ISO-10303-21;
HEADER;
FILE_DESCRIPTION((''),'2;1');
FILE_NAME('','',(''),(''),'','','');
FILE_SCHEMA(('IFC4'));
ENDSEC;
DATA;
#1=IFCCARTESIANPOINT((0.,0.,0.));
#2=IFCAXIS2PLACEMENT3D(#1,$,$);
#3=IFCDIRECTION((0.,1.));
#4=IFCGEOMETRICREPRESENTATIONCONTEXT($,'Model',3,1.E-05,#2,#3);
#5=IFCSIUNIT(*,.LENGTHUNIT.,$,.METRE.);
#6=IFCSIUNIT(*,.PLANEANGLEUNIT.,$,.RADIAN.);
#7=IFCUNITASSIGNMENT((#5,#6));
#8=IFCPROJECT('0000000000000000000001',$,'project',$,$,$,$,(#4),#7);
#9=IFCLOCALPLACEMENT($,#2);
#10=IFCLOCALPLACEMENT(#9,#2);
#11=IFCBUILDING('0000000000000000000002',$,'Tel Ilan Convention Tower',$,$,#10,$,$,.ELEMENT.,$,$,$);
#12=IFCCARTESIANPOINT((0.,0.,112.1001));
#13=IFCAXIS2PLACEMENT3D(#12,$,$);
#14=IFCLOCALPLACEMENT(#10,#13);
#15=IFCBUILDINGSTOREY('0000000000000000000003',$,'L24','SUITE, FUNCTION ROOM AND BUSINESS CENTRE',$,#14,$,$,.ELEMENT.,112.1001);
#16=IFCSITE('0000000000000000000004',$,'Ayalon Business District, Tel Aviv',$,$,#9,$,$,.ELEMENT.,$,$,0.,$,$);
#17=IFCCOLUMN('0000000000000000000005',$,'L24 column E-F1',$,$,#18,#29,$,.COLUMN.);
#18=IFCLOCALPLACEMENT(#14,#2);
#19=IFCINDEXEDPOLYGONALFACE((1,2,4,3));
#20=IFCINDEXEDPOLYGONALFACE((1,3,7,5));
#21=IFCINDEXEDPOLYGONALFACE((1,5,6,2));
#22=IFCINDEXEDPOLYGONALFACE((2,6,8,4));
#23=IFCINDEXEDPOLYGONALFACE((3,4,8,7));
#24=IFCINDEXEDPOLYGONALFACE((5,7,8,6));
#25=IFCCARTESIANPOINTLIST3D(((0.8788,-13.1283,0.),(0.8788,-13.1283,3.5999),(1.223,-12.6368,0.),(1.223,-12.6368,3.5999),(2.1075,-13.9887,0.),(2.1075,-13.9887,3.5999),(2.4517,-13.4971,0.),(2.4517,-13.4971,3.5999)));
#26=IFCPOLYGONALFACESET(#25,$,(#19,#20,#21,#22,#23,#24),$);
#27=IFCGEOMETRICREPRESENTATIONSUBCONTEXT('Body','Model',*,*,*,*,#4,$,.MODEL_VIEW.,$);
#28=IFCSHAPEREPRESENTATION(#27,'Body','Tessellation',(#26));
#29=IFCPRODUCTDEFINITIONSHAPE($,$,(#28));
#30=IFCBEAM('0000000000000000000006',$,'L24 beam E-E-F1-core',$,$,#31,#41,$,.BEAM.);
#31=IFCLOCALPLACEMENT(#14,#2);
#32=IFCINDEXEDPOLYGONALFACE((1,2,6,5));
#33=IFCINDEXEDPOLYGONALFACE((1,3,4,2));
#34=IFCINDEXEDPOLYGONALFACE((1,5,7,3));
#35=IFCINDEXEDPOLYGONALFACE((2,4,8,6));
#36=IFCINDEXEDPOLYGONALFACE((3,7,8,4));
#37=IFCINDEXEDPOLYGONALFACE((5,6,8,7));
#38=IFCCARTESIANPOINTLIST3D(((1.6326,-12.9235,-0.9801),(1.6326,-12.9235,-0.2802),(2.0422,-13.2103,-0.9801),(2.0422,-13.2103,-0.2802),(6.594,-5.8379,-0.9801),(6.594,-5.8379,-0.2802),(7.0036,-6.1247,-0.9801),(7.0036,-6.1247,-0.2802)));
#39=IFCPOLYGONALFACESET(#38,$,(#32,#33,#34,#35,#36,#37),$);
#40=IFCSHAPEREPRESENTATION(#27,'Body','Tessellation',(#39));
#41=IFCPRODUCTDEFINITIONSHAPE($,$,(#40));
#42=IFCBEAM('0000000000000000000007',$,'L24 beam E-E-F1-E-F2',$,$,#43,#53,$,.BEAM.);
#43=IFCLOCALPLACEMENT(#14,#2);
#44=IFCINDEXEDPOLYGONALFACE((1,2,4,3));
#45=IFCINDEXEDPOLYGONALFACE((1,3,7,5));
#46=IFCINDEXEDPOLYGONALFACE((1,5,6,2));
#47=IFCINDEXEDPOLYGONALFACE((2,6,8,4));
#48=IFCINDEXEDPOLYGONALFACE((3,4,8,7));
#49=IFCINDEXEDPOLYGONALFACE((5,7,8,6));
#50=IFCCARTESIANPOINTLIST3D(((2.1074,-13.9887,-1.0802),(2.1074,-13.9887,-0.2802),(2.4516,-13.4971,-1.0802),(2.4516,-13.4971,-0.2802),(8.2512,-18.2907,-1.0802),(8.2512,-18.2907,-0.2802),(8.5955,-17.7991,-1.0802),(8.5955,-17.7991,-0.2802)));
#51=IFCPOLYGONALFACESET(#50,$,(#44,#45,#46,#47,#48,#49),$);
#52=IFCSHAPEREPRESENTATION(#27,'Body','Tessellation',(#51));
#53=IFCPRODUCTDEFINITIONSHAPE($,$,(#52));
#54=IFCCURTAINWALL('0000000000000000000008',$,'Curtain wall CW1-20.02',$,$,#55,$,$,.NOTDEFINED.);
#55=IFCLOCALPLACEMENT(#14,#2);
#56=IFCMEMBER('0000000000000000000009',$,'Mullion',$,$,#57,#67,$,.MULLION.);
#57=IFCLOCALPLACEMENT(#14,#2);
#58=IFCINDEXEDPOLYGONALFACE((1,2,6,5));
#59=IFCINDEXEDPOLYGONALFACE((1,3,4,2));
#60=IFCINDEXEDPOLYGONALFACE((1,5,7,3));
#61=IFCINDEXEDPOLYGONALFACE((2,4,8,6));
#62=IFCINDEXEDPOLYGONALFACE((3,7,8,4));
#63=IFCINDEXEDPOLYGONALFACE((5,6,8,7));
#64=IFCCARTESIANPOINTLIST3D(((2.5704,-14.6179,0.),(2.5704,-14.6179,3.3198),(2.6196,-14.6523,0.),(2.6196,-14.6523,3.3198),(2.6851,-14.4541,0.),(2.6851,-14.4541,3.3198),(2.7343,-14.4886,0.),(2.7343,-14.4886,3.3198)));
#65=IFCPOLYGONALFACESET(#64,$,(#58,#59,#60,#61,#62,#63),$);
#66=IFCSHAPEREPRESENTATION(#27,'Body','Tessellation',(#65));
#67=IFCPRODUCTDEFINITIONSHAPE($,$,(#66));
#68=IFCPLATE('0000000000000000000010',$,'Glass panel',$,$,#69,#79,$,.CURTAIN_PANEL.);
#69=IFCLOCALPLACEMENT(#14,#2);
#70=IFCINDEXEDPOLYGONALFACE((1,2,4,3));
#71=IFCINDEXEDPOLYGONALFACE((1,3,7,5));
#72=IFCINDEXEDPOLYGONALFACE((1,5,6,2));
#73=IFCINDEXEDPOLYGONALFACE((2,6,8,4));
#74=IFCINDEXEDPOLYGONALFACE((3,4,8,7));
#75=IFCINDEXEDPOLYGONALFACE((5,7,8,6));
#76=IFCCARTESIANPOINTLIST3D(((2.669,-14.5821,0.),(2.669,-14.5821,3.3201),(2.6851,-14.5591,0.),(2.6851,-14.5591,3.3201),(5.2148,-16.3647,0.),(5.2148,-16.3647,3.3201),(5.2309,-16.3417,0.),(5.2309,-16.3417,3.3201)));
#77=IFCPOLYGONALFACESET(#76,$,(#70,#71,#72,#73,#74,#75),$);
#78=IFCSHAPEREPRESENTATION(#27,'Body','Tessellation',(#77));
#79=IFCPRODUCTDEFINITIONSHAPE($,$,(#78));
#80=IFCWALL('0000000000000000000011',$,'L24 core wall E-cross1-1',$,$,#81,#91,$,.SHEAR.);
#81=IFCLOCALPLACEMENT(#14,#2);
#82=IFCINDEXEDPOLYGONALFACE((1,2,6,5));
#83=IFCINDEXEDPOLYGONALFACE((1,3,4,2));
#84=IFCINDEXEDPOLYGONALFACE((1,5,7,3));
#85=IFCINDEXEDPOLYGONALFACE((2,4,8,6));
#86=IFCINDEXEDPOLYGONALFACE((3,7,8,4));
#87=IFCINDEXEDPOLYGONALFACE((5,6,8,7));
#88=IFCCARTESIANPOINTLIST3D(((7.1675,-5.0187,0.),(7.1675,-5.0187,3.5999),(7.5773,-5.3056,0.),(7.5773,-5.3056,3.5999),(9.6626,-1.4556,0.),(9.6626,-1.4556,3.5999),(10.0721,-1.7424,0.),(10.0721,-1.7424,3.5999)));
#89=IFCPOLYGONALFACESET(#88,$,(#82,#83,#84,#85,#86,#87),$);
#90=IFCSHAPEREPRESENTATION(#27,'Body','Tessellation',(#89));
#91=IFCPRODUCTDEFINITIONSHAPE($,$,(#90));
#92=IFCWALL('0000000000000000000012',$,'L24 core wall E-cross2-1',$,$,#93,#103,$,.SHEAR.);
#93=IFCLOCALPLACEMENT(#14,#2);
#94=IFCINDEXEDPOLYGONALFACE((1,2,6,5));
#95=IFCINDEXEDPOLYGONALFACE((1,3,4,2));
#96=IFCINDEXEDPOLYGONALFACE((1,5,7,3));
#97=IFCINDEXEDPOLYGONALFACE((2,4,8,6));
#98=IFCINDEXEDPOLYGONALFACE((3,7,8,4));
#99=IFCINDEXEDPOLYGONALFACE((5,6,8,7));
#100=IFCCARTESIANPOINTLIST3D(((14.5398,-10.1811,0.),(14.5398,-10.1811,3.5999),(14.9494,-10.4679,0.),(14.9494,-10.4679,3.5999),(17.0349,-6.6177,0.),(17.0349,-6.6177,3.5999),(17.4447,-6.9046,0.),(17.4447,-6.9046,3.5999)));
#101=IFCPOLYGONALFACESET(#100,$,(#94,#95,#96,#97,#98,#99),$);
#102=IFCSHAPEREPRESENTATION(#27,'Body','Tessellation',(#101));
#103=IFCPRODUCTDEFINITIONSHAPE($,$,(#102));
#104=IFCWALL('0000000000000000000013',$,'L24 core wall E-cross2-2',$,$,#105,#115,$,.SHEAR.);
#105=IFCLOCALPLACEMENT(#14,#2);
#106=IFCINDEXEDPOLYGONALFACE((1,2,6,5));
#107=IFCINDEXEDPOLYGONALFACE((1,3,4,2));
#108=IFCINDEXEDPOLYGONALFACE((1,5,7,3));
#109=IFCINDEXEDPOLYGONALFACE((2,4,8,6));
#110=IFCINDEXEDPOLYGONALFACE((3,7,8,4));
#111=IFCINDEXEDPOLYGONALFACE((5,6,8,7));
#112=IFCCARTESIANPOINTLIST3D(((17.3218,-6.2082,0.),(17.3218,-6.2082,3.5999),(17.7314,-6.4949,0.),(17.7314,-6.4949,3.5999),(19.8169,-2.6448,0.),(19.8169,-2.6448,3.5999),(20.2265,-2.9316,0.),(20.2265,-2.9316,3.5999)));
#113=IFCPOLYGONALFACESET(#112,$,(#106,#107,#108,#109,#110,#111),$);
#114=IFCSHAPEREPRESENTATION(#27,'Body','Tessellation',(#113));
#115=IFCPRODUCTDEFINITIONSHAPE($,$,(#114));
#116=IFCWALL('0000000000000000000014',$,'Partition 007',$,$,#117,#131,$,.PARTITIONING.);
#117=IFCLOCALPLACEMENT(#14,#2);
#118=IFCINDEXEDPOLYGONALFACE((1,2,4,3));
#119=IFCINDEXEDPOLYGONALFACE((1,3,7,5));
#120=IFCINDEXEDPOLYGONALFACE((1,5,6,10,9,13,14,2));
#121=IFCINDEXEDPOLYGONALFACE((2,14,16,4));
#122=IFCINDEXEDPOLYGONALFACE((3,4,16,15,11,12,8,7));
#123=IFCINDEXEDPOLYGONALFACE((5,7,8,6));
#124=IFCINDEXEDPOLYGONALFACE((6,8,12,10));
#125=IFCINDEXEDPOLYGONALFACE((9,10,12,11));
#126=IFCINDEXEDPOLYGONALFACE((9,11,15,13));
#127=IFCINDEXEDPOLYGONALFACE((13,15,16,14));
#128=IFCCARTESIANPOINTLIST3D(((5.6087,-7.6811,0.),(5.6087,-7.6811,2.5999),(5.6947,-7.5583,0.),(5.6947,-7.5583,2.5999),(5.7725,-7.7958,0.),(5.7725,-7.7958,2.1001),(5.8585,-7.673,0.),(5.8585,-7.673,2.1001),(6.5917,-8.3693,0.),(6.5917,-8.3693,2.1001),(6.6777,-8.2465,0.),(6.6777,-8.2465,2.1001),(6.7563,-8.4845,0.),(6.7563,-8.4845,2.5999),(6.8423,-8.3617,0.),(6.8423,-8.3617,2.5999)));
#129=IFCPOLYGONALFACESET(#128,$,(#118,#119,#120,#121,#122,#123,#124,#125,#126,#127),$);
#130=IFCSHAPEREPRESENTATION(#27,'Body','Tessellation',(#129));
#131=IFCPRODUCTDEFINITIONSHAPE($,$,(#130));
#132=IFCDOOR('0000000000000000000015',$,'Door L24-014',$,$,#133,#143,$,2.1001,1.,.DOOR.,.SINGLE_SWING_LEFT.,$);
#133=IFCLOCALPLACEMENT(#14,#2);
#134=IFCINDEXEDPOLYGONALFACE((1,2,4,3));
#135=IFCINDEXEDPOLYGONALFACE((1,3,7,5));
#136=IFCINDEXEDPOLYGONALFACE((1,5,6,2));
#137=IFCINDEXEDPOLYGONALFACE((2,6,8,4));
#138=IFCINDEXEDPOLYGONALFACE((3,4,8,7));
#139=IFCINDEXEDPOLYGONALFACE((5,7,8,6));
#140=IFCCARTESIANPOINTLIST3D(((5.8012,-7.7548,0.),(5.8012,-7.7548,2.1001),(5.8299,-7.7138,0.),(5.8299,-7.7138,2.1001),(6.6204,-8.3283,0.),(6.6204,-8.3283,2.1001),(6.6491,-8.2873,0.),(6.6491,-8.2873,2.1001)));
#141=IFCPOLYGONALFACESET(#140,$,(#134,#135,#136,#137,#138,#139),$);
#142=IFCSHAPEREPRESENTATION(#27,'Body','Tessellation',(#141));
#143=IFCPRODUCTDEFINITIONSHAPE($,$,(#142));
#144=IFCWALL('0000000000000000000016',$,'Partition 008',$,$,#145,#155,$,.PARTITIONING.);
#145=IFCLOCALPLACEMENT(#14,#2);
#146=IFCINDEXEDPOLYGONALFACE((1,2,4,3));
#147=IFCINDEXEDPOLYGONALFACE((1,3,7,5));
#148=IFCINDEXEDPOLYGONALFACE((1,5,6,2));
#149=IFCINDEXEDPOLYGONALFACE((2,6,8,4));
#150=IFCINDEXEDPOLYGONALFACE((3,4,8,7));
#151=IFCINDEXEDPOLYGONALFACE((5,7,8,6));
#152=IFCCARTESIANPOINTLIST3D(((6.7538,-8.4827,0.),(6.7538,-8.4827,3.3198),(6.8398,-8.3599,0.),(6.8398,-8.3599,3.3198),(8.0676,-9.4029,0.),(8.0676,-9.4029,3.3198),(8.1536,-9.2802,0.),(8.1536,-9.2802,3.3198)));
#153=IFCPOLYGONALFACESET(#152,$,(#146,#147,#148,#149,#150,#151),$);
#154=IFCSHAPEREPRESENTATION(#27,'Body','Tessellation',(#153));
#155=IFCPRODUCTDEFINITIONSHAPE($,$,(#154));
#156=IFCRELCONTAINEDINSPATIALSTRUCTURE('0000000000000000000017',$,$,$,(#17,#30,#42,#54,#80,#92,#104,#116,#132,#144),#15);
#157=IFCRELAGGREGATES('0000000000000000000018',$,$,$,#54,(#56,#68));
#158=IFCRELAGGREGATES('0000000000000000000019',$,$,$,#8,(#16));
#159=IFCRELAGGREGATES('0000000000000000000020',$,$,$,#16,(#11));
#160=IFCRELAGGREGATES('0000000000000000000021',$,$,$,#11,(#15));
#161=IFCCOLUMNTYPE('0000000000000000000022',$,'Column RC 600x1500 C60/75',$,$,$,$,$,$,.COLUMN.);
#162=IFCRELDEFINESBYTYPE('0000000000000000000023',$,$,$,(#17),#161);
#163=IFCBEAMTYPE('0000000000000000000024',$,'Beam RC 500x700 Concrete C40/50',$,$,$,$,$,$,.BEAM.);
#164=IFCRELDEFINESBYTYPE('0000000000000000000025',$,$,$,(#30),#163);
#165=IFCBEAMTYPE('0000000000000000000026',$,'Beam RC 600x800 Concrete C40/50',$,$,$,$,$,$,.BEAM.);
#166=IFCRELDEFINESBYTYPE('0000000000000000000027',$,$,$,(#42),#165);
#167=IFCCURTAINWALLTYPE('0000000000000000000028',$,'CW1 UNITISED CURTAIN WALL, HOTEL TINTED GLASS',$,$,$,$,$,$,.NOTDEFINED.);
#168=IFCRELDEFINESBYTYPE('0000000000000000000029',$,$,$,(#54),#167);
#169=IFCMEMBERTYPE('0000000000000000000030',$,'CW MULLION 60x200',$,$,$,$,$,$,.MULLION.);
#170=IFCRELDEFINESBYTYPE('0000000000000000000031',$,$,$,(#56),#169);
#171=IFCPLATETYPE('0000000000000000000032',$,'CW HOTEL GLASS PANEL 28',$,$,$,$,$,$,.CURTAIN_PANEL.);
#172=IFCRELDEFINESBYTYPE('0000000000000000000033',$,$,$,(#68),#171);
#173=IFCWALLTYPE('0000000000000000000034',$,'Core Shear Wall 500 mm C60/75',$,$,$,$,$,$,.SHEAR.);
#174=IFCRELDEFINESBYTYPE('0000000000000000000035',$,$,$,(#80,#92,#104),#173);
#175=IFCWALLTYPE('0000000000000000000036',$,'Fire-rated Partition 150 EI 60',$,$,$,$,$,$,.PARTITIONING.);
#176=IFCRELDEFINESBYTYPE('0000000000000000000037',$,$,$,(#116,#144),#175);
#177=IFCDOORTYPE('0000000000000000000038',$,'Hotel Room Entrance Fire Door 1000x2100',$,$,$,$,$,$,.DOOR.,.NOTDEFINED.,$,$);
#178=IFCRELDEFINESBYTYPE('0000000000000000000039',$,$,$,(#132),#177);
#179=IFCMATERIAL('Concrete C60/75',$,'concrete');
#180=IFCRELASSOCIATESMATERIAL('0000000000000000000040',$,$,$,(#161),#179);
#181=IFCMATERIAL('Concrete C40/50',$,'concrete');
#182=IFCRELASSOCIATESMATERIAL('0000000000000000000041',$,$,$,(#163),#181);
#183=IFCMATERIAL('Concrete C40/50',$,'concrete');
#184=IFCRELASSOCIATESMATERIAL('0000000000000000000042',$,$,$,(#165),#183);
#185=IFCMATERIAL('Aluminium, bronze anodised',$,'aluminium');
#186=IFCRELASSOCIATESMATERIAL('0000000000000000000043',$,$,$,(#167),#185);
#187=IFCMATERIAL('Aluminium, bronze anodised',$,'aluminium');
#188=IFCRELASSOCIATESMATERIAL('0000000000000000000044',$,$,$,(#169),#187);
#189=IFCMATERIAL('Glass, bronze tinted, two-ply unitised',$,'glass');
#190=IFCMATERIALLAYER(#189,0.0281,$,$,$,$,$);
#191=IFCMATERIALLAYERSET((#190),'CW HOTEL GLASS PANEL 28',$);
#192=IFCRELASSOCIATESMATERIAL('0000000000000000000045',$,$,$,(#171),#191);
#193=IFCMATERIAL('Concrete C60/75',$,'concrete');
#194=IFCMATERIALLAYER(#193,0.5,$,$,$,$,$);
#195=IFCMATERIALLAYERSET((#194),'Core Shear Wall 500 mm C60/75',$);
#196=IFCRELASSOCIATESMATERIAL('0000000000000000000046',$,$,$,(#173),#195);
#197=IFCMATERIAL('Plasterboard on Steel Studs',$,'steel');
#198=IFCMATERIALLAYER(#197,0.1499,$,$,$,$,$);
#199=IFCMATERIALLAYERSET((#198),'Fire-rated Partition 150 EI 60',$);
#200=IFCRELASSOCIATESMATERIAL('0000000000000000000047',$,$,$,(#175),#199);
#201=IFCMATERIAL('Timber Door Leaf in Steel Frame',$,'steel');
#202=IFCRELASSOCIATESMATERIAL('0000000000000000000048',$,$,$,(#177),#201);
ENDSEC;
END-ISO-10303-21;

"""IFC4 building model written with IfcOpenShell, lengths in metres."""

from ifc_helpers import new_model, si_unit, direction, frame, frame_2d, origin, origin_2d, place, context, subcontext, project, spatial, polyline, rectangle, outline, extrude, material, layer, layer_set, material_profile, profile_set, type_object, element, fill, aggregate, save


model = new_model("IFC4")

# Units and contexts
model_context = context("Model", 3, precision=1e-05, world=origin(), true_north=direction((0.0, 1.0)))
body_context = subcontext(model_context, "Body", "Model", "MODEL_VIEW")
ifc_project = project(units=[si_unit("LENGTHUNIT", "METRE"), si_unit("PLANEANGLEUNIT", "RADIAN")], contexts=[model_context])

# Site, building, storey
site_placement = place(None, origin())
site = spatial("IfcSite", under=ifc_project, at=site_placement, Name="Ayalon Business District, Tel Aviv", CompositionType="ELEMENT", RefElevation=0.0)
building_placement = place(site_placement, origin())
building = spatial("IfcBuilding", under=site, at=building_placement, Name="Tel Ilan Convention Tower", CompositionType="ELEMENT")
storey_placement = place(building_placement, frame((0.0, 0.0, 112.1001)))
storey = spatial("IfcBuildingStorey", under=building, at=storey_placement, Name="L24", Description="SUITE, FUNCTION ROOM AND BUSINESS CENTRE", CompositionType="ELEMENT", Elevation=112.1001)

# Column
ifc_material_1 = material(Name="Concrete C60/75", Category="concrete")
ifc_material_profile_1 = material_profile(ifc_material_1, rectangle(XDim=1.5, YDim=0.6001, at=origin_2d()), Name="RC 600x1500")
ifc_profile_set_1 = profile_set([ifc_material_profile_1], Name="Concrete C60/75")
column_type = type_object("IfcColumnType", Name="Column RC 600x1500 C60/75", PredefinedType="COLUMN", material=ifc_profile_set_1)
column_placement = place(storey_placement, frame((1.6653, -13.3127, 0.0), z_axis=(0.0, 0.0, 1.0), x_axis=(0.819152, -0.573576, 0.0)))
element("IfcColumn", 1, at=column_placement, inside=storey, type_object=column_type, Name="L24 column E-F1", PredefinedType="COLUMN", context=body_context, shape_type="SweptSolid", body=[
    extrude(rectangle(XDim=1.5, YDim=0.6001, at=origin_2d()), origin(), (0.0, 0.0, 1.0), 3.5999),
])

# Beams
ifc_material_2 = material(Name="Concrete C40/50", Category="concrete")
ifc_material_profile_2 = material_profile(ifc_material_2, rectangle(XDim=0.5, YDim=0.7, at=origin_2d()), Name="RC 500x700")
ifc_profile_set_2 = profile_set([ifc_material_profile_2], Name="Concrete C40/50")
beam_type_1 = type_object("IfcBeamType", Name="Beam RC 500x700 Concrete C40/50", PredefinedType="BEAM", material=ifc_profile_set_2)
beam_1_placement = place(storey_placement, frame((1.8374, -13.0669, -0.6301), z_axis=(0.573574, 0.819154, 0.0), x_axis=(-0.819154, 0.573574, 0.0)))
element("IfcBeam", 2, at=beam_1_placement, inside=storey, type_object=beam_type_1, Name="L24 beam E-E-F1-core", PredefinedType="BEAM", context=body_context, shape_type="SweptSolid", body=[
    extrude(rectangle(XDim=0.5, YDim=0.7, at=origin_2d()), origin(), (0.0, 0.0, 1.0), 8.6499),
])
ifc_material_3 = material(Name="Concrete C40/50", Category="concrete")
ifc_material_profile_3 = material_profile(ifc_material_3, rectangle(XDim=0.6001, YDim=0.8, at=origin_2d()), Name="RC 600x800")
ifc_profile_set_3 = profile_set([ifc_material_profile_3], Name="Concrete C40/50")
beam_type_2 = type_object("IfcBeamType", Name="Beam RC 600x800 Concrete C40/50", PredefinedType="BEAM", material=ifc_profile_set_3)
beam_2_placement = place(storey_placement, frame((2.2795, -13.7429, -0.6802), z_axis=(0.819148, -0.573582, 0.0), x_axis=(0.573582, 0.819148, 0.0)))
element("IfcBeam", 3, at=beam_2_placement, inside=storey, type_object=beam_type_2, Name="L24 beam E-E-F1-E-F2", PredefinedType="BEAM", context=body_context, shape_type="SweptSolid", body=[
    extrude(rectangle(XDim=0.6001, YDim=0.8, at=origin_2d()), origin(), (0.0, 0.0, 1.0), 7.5002),
])

# Curtain wall, member, plate
ifc_material_4 = material(Name="Aluminium, bronze anodised", Category="aluminium")
curtain_wall_type = type_object("IfcCurtainWallType", Name="CW1 UNITISED CURTAIN WALL, HOTEL TINTED GLASS", PredefinedType="NOTDEFINED", material=ifc_material_4)
curtain_wall_placement = place(storey_placement, origin())
curtain_wall = element("IfcCurtainWall", 4, at=curtain_wall_placement, inside=storey, type_object=curtain_wall_type, Name="Curtain wall CW1-20.02", PredefinedType="NOTDEFINED")
ifc_material_5 = material(Name="Aluminium, bronze anodised", Category="aluminium")
ifc_material_profile_4 = material_profile(ifc_material_5, rectangle(XDim=0.0601, YDim=0.2, at=origin_2d()), Name="CW MULLION 60x200")
ifc_profile_set_4 = profile_set([ifc_material_profile_4], Name="Aluminium, bronze anodised")
member_type = type_object("IfcMemberType", Name="CW MULLION 60x200", PredefinedType="MULLION", material=ifc_profile_set_4)
member_placement = place(storey_placement, frame((2.6523, -14.5532, 0.0), z_axis=(0.0, 0.0, 1.0), x_axis=(0.819152, -0.573576, 0.0)))
member = element("IfcMember", 5, at=member_placement, type_object=member_type, Name="Mullion", PredefinedType="MULLION", context=body_context, shape_type="SweptSolid", body=[
    extrude(rectangle(XDim=0.0601, YDim=0.2, at=origin_2d()), origin(), (0.0, 0.0, 1.0), 3.3198),
])
ifc_material_6 = material(Name="Glass, bronze tinted, two-ply unitised", Category="glass")
ifc_layer_1 = layer(ifc_material_6, 0.0281)
ifc_layer_set_1 = layer_set([ifc_layer_1], Name="CW HOTEL GLASS PANEL 28")
plate_type = type_object("IfcPlateType", Name="CW HOTEL GLASS PANEL 28", PredefinedType="CURTAIN_PANEL", material=ifc_layer_set_1)
plate_placement = place(storey_placement, frame((3.95, -15.4619, 0.0), z_axis=(0.0, 0.0, 1.0), x_axis=(0.819152, -0.573576, 0.0)))
plate = element("IfcPlate", 6, at=plate_placement, type_object=plate_type, Name="Glass panel", PredefinedType="CURTAIN_PANEL", context=body_context, shape_type="SweptSolid", body=[
    extrude(rectangle(XDim=3.1079, YDim=0.0281, at=origin_2d()), origin(), (0.0, 0.0, 1.0), 3.3201),
])
aggregate(curtain_wall, [member, plate])

# Walls
ifc_material_7 = material(Name="Concrete C60/75", Category="concrete")
ifc_layer_2 = layer(ifc_material_7, 0.5)
ifc_layer_set_2 = layer_set([ifc_layer_2], Name="Core Shear Wall 500 mm C60/75")
wall_type_1 = type_object("IfcWallType", Name="Core Shear Wall 500 mm C60/75", PredefinedType="SHEAR", material=ifc_layer_set_2)
wall_1_placement = place(storey_placement, frame((7.3723, -5.1621, 0.0), z_axis=(0.0, 0.0, 1.0), x_axis=(0.573594, 0.81914, 0.0)))
element("IfcWall", 7, at=wall_1_placement, inside=storey, type_object=wall_type_1, Name="L24 core wall E-cross1-1", PredefinedType="SHEAR", context=body_context, shape_type="SweptSolid", body=[
    extrude(outline(polyline([(0.0, 0.25), (0.0, -0.2502), (4.3499, -0.25), (4.3499, 0.25), (0.0, 0.25)])), origin(), (0.0, 0.0, 1.0), 3.5999),
])
wall_2_placement = place(storey_placement, frame((14.7446, -10.3245, 0.0), z_axis=(0.0, 0.0, 1.0), x_axis=(0.573568, 0.819158, 0.0)))
element("IfcWall", 8, at=wall_2_placement, inside=storey, type_object=wall_type_1, Name="L24 core wall E-cross2-1", PredefinedType="SHEAR", context=body_context, shape_type="SweptSolid", body=[
    extrude(outline(polyline([(0.0, 0.25), (0.0, -0.25), (4.3501, -0.2502), (4.3501, 0.25), (0.0, 0.25)])), origin(), (0.0, 0.0, 1.0), 3.5999),
])
wall_3_placement = place(storey_placement, frame((17.5266, -6.3516, 0.0), z_axis=(0.0, 0.0, 1.0), x_axis=(0.57353, 0.819184, 0.0)))
element("IfcWall", 9, at=wall_3_placement, inside=storey, type_object=wall_type_1, Name="L24 core wall E-cross2-2", PredefinedType="SHEAR", context=body_context, shape_type="SweptSolid", body=[
    extrude(outline(polyline([(4.3501, -0.2502), (4.3501, 0.2498), (0.0, 0.25), (0.0, -0.25), (4.3501, -0.2502)])), origin(), (0.0, 0.0, 1.0), 3.5999),
])

# Wall, opening, door
ifc_material_8 = material(Name="Plasterboard on Steel Studs", Category="steel")
ifc_layer_3 = layer(ifc_material_8, 0.1499)
ifc_layer_set_3 = layer_set([ifc_layer_3], Name="Fire-rated Partition 150 EI 60")
wall_type_2 = type_object("IfcWallType", Name="Fire-rated Partition 150 EI 60", PredefinedType="PARTITIONING", material=ifc_layer_set_3)
wall_4_placement = place(storey_placement, frame((6.7993, -8.4231, 0.0), z_axis=(0.0, 0.0, 1.0), x_axis=(-0.819207, 0.573497, 0.0)))
wall_4 = element("IfcWall", 10, at=wall_4_placement, inside=storey, type_object=wall_type_2, Name="Partition 007", PredefinedType="PARTITIONING", context=body_context, shape_type="SweptSolid", body=[
    extrude(rectangle(XDim=1.4009, YDim=0.1499, at=frame_2d((0.7004, 0.0))), origin(), (0.0, 0.0, 1.0), 2.5999),
])
opening_1_placement = place(wall_4_placement, frame((0.2009, 0.0, 0.0)))
opening_1 = element("IfcOpeningElement", 11, at=opening_1_placement, cuts=wall_4, PredefinedType="OPENING", context=body_context, shape_type="SweptSolid", body=[
    extrude(rectangle(XDim=1.0, YDim=2.1001, at=frame_2d((0.5, 1.05))), frame((0.0, 0.085, 0.0), z_axis=(0.0, -1.0, 0.0), x_axis=(1.0, 0.0, 0.0)), (0.0, 0.0, 1.0), 0.1699),
])
ifc_material_9 = material(Name="Timber Door Leaf in Steel Frame", Category="steel")
door_type_1 = type_object("IfcDoorType", Name="Hotel Room Entrance Fire Door 1000x2100", OperationType="NOTDEFINED", PredefinedType="DOOR", material=ifc_material_9)
door_1_placement = place(opening_1_placement, origin())
door_1 = element("IfcDoor", 12, at=door_1_placement, inside=storey, type_object=door_type_1, Name="Door L24-014", OperationType="SINGLE_SWING_LEFT", OverallHeight=2.1001, OverallWidth=1.0, PredefinedType="DOOR", context=body_context, shape_type="SweptSolid", body=[
    extrude(rectangle(XDim=1.0, YDim=2.1001, at=frame_2d((0.5, 1.05))), frame((0.0, 0.0249, 0.0), z_axis=(0.0, -1.0, 0.0), x_axis=(1.0, 0.0, 0.0)), (0.0, 0.0, 1.0), 0.05),
])
fill(opening_1, door_1)

# Wall
wall_5_placement = place(storey_placement, frame((8.1106, -9.3416, 0.0), z_axis=(0.0, 0.0, 1.0), x_axis=(-0.819067, 0.573697, 0.0)))
element("IfcWall", 13, at=wall_5_placement, inside=storey, type_object=wall_type_2, Name="Partition 008", PredefinedType="PARTITIONING", context=body_context, shape_type="SweptSolid", body=[
    extrude(rectangle(XDim=1.604, YDim=0.1499, at=frame_2d((0.802, 0.0))), origin(), (0.0, 0.0, 1.0), 3.3198),
])

save(model, "model.ifc")
